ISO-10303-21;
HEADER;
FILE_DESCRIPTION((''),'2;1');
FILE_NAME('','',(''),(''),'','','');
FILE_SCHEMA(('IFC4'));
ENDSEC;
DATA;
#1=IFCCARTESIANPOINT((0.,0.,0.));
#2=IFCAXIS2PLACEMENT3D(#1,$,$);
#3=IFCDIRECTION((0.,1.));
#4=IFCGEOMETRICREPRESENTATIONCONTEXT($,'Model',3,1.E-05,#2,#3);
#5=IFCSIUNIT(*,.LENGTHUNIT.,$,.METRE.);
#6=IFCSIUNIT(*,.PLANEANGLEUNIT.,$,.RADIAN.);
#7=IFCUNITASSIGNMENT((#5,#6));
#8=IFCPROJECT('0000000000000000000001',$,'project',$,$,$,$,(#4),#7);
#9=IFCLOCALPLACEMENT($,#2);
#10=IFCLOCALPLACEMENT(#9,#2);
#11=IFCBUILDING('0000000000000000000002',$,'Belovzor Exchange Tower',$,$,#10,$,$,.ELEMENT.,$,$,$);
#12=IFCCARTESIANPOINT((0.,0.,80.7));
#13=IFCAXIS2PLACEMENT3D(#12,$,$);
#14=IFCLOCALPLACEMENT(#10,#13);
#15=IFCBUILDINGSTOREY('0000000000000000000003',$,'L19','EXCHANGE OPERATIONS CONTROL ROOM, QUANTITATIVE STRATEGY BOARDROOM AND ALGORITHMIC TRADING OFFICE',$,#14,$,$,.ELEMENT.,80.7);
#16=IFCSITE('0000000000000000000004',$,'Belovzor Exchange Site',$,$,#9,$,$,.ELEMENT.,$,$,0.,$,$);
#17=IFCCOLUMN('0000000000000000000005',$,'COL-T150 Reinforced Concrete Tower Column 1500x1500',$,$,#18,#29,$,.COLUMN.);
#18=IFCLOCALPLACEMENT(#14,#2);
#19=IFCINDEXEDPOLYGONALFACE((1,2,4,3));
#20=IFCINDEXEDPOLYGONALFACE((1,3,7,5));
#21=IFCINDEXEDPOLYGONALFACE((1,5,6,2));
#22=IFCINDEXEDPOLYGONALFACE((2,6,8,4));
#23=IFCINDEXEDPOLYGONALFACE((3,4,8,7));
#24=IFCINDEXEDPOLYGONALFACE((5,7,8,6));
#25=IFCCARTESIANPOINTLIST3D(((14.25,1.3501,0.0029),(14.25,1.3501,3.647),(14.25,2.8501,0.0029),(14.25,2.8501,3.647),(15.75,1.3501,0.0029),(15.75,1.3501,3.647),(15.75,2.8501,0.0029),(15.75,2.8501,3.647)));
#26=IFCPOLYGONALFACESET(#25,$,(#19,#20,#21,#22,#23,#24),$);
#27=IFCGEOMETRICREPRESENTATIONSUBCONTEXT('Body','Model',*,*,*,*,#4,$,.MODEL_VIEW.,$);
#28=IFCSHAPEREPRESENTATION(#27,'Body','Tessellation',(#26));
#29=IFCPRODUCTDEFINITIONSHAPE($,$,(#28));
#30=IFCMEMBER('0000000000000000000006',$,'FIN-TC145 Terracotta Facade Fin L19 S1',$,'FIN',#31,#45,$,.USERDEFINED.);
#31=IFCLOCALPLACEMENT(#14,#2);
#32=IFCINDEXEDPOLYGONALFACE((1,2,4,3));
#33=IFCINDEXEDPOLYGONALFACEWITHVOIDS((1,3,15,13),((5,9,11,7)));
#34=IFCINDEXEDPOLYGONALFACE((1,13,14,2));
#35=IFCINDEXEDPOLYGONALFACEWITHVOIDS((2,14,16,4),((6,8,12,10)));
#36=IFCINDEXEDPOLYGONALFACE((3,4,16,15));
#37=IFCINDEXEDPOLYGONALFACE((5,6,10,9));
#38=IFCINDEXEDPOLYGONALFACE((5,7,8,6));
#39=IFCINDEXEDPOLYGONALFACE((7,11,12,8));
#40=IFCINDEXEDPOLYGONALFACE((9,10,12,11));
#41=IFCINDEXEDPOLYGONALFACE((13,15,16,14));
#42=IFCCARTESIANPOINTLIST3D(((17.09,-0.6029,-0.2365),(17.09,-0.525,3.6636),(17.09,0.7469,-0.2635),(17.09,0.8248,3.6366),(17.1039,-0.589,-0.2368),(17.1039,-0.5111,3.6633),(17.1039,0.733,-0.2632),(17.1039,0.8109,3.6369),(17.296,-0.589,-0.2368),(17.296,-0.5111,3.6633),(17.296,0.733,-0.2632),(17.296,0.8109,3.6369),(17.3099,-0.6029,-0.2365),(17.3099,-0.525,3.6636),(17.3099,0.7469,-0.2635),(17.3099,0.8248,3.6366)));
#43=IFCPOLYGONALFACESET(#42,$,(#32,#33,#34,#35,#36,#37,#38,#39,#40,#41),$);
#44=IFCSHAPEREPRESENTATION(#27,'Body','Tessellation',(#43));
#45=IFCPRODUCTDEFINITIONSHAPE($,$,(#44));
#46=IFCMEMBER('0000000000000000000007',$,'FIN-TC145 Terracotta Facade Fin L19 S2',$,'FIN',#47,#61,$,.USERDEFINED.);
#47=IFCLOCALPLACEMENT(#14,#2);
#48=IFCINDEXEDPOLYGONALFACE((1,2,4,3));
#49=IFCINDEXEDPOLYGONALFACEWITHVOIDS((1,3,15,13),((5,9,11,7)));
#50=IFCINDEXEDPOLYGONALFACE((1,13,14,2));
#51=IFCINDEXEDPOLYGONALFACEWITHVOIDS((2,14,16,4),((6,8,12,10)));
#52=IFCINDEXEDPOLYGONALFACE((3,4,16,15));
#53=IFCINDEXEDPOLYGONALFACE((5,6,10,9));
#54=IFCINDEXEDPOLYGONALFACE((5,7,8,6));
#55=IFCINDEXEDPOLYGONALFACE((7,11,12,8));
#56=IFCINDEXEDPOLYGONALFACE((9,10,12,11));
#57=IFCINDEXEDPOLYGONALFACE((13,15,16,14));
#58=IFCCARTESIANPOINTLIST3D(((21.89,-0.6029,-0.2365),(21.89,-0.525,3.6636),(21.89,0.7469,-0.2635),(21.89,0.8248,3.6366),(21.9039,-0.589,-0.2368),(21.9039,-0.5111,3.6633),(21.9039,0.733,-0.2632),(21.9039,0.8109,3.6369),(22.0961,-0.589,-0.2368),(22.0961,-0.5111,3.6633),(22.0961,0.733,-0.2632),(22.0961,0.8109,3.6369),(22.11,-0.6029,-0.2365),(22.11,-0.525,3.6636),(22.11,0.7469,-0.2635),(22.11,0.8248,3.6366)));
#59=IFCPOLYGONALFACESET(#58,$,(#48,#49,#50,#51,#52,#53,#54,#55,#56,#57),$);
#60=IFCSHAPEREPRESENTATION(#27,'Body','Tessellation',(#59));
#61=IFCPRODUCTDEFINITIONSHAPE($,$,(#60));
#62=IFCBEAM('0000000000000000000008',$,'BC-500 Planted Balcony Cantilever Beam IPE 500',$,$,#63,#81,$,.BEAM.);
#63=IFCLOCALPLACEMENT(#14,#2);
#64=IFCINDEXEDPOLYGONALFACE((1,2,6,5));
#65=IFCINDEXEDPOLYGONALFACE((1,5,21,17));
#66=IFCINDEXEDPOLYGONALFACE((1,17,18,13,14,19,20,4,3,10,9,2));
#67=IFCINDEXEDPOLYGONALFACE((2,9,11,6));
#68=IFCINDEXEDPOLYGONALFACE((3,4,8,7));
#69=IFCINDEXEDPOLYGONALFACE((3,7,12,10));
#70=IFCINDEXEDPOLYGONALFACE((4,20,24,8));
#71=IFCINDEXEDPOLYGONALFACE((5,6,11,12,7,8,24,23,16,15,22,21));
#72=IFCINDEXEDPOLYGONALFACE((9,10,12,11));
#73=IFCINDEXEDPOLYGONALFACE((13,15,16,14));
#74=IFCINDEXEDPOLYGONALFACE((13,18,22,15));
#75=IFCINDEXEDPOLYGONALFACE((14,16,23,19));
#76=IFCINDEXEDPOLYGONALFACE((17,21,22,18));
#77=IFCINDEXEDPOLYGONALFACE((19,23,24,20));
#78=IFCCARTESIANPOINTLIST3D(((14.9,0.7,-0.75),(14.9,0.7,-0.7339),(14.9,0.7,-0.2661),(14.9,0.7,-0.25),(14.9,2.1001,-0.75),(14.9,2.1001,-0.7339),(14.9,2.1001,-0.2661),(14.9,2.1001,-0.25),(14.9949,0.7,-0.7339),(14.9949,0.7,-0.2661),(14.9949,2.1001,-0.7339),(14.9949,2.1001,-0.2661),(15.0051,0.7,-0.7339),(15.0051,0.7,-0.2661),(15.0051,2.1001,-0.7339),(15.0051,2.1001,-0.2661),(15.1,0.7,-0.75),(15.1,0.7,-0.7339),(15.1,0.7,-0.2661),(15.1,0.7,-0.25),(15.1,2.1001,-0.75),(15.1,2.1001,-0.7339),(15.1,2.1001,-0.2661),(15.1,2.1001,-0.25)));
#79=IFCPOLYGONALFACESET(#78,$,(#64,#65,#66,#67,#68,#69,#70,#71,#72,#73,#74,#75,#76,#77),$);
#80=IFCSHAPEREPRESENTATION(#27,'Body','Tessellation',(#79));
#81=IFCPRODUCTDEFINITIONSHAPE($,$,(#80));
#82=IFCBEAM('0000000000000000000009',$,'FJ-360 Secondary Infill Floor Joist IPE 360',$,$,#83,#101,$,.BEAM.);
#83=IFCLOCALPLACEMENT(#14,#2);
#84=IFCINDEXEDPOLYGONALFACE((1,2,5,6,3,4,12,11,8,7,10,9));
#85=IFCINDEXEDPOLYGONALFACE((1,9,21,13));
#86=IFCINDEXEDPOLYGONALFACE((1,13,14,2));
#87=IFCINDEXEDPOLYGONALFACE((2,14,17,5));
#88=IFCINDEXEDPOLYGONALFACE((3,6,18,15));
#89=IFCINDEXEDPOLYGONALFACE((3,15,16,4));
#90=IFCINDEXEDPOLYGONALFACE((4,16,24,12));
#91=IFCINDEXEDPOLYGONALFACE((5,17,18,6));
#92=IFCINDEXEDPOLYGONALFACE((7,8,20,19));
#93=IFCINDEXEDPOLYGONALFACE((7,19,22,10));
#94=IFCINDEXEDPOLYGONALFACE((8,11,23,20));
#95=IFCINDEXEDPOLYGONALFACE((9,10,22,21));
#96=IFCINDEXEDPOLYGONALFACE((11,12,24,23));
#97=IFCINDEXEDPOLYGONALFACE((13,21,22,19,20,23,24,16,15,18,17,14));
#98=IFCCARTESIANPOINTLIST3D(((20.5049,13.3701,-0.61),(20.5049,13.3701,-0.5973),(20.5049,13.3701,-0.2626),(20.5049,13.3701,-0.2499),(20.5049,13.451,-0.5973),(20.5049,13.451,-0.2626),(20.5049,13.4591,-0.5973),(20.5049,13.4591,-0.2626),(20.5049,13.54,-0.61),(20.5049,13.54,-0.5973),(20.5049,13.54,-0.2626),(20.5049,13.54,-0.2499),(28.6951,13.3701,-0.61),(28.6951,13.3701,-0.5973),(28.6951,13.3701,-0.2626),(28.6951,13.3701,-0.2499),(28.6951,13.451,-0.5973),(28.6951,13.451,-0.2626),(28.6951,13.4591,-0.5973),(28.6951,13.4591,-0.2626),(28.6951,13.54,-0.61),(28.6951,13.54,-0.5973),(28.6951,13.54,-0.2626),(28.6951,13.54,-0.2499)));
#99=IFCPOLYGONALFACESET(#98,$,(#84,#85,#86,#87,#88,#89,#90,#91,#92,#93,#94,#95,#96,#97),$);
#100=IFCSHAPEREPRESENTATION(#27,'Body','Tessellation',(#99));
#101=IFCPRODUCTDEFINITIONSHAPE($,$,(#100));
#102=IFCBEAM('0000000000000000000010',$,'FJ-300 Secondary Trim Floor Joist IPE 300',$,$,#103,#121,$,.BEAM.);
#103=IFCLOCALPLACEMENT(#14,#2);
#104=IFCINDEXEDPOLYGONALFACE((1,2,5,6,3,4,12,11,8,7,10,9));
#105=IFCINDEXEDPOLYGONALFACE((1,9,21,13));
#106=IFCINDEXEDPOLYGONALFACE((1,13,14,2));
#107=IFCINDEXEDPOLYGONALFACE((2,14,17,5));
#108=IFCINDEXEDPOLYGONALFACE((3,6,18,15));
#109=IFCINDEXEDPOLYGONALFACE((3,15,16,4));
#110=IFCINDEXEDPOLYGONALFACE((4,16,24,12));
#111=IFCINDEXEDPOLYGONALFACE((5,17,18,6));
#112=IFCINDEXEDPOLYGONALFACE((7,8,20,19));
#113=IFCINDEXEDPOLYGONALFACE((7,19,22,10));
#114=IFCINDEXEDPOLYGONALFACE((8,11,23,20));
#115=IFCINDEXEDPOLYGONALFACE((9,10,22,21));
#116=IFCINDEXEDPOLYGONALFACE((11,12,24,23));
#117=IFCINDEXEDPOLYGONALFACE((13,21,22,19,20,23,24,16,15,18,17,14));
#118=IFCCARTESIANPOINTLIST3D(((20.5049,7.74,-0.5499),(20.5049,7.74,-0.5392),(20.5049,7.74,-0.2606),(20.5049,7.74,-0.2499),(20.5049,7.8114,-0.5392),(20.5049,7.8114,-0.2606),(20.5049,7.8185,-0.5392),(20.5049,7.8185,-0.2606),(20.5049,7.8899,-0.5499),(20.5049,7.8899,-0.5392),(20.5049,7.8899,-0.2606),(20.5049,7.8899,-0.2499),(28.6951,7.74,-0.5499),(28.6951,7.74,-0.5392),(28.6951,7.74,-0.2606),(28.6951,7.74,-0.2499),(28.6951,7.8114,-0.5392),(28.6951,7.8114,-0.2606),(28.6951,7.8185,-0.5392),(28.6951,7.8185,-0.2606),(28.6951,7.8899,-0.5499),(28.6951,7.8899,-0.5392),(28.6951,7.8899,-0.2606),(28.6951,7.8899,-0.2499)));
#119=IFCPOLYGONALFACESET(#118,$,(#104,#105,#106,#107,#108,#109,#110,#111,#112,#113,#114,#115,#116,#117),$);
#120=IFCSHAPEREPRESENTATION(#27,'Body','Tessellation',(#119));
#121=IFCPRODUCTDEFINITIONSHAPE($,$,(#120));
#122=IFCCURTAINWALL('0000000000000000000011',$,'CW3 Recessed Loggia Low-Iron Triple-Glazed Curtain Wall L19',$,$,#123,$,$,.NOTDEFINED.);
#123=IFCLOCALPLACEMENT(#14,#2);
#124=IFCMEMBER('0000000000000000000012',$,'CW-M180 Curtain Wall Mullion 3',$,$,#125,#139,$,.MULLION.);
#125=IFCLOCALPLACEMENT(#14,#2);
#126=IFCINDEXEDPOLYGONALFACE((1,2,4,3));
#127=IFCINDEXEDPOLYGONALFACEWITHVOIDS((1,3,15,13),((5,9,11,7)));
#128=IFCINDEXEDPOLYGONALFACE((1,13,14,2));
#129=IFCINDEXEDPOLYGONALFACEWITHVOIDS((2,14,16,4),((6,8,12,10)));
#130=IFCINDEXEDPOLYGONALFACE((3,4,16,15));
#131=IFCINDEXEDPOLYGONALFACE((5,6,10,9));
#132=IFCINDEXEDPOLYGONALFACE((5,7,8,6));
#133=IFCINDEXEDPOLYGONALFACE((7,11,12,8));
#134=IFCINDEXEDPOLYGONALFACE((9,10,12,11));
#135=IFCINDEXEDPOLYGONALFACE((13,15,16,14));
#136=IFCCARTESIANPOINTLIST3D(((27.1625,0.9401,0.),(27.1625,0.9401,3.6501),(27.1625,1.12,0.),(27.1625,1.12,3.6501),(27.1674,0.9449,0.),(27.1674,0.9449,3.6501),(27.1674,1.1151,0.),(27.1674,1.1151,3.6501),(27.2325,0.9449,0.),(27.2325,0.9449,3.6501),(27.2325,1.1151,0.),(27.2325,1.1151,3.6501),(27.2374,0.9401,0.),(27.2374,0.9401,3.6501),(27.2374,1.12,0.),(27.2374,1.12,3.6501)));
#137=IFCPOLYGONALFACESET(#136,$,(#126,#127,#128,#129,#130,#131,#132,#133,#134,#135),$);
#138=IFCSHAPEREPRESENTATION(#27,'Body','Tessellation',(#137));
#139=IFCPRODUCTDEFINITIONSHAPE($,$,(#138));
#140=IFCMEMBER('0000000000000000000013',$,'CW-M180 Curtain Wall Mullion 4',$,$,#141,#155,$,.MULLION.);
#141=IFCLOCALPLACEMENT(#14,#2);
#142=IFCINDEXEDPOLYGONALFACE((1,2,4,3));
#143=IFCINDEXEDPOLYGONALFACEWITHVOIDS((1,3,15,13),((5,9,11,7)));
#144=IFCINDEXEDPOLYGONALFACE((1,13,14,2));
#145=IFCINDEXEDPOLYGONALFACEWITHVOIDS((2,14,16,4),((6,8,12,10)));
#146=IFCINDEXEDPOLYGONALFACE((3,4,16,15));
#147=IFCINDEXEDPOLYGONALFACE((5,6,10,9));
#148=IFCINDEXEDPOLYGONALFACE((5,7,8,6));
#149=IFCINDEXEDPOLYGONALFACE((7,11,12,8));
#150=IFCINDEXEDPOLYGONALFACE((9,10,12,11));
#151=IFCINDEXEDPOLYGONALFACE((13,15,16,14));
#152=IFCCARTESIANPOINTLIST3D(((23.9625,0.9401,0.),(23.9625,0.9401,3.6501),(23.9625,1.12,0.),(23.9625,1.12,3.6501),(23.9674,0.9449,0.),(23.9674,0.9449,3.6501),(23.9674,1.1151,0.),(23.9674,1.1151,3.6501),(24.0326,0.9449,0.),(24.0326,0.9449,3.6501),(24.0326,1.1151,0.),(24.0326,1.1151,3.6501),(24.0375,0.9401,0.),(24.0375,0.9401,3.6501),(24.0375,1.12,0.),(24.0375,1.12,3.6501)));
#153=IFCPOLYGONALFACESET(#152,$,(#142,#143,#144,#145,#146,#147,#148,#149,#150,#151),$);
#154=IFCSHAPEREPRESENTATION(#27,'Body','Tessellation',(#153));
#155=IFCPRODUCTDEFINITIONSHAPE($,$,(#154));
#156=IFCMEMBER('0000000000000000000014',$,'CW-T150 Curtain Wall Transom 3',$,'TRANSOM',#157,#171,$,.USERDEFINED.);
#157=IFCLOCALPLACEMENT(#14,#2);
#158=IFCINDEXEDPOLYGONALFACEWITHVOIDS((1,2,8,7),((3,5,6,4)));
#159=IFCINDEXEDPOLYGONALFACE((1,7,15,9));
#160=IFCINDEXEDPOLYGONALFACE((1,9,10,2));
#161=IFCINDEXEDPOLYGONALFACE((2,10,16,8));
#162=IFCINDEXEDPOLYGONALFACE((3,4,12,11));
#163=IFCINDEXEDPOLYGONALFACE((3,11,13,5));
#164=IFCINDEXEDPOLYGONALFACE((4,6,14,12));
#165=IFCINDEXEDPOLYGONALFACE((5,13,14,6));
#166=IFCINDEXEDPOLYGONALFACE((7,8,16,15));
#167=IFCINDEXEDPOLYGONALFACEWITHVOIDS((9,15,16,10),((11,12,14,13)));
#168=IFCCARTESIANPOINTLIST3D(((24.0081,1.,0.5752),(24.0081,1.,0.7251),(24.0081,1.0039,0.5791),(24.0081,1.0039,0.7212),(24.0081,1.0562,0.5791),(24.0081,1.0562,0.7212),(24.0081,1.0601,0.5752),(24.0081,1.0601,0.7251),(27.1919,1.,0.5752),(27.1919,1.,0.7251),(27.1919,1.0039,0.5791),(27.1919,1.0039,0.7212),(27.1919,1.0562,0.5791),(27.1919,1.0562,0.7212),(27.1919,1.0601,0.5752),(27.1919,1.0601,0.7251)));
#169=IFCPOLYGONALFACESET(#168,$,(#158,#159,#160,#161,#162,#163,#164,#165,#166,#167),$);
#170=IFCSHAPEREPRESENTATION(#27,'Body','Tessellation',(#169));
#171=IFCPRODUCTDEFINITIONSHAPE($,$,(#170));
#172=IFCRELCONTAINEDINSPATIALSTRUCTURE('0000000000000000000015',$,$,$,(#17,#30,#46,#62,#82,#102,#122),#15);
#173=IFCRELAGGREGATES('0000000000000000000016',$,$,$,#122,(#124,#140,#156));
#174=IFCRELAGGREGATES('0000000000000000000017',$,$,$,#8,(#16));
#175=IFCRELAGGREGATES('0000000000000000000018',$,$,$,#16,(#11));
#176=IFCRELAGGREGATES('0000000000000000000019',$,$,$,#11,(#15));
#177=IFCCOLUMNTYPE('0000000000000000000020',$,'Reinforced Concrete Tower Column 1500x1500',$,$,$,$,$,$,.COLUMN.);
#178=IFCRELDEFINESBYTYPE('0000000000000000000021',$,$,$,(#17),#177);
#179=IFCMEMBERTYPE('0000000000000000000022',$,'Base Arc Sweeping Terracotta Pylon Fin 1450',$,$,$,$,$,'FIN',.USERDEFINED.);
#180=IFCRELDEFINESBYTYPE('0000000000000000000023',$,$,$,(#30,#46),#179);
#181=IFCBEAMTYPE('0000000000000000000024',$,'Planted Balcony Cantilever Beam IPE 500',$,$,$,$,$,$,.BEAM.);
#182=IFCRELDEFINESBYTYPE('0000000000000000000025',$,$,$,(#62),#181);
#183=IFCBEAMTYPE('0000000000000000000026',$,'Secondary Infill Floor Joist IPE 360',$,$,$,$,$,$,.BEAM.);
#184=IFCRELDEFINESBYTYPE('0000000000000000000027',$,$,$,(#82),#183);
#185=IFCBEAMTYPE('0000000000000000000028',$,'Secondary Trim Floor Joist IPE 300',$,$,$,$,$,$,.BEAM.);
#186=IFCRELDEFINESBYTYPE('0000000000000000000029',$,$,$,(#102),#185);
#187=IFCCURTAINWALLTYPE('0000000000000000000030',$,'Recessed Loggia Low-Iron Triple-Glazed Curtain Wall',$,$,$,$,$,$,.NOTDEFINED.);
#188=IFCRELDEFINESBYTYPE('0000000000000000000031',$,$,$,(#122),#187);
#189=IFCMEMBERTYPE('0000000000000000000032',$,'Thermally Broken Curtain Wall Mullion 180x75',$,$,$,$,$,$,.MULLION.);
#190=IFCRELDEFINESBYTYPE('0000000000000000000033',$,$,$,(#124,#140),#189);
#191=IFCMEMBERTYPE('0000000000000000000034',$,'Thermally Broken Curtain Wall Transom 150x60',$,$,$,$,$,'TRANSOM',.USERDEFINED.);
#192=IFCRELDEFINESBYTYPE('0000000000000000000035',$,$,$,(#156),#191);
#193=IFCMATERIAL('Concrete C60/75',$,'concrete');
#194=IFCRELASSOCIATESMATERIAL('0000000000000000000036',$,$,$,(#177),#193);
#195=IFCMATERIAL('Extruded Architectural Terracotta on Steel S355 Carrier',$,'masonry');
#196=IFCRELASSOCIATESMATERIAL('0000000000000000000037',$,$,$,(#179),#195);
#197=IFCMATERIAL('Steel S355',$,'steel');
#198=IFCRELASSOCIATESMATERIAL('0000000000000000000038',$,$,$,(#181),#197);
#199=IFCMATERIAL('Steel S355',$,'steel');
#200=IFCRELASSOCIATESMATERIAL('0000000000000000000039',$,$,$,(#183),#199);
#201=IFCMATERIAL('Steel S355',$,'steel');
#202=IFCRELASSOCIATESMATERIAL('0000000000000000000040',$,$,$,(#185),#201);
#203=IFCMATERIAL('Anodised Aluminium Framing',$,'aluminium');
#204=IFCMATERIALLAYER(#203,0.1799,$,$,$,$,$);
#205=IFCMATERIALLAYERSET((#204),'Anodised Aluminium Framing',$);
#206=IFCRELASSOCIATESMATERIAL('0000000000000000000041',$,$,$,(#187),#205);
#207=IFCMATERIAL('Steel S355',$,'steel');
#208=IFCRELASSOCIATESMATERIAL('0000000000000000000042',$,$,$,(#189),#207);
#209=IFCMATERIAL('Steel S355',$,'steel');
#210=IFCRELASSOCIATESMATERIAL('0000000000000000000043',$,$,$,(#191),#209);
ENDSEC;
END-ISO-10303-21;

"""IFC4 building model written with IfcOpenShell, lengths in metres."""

from ifc_helpers import new_model, si_unit, direction, frame, origin, origin_2d, place, context, subcontext, project, spatial, rectangle, hollow_rectangle, i_section, extrude, material, layer, layer_set, material_profile, profile_set, type_object, element, aggregate, save


model = new_model("IFC4")

# Units and contexts
model_context = context("Model", 3, precision=1e-05, world=origin(), true_north=direction((0.0, 1.0)))
body_context = subcontext(model_context, "Body", "Model", "MODEL_VIEW")
ifc_project = project(units=[si_unit("LENGTHUNIT", "METRE"), si_unit("PLANEANGLEUNIT", "RADIAN")], contexts=[model_context])

# Site, building, storey
site_placement = place(None, origin())
site = spatial("IfcSite", under=ifc_project, at=site_placement, Name="Belovzor Exchange Site", CompositionType="ELEMENT", RefElevation=0.0)
building_placement = place(site_placement, origin())
building = spatial("IfcBuilding", under=site, at=building_placement, Name="Belovzor Exchange Tower", CompositionType="ELEMENT")
storey_placement = place(building_placement, frame((0.0, 0.0, 80.7)))
storey = spatial("IfcBuildingStorey", under=building, at=storey_placement, Name="L19", Description="EXCHANGE OPERATIONS CONTROL ROOM, QUANTITATIVE STRATEGY BOARDROOM AND ALGORITHMIC TRADING OFFICE", CompositionType="ELEMENT", Elevation=80.7)

# Column
ifc_material_1 = material(Name="Concrete C60/75", Category="concrete")
ifc_material_profile_1 = material_profile(ifc_material_1, rectangle(XDim=1.5, YDim=1.5, at=origin_2d()))
ifc_profile_set_1 = profile_set([ifc_material_profile_1], Name="Concrete C60/75")
column_type = type_object("IfcColumnType", Name="Reinforced Concrete Tower Column 1500x1500", PredefinedType="COLUMN", material=ifc_profile_set_1)
column_placement = place(storey_placement, frame((15.0, 2.1001, 0.0029), z_axis=(0.0, 0.0, 1.0), x_axis=(1.0, 0.0, 0.0)))
element("IfcColumn", 1, at=column_placement, inside=storey, type_object=column_type, Name="COL-T150 Reinforced Concrete Tower Column 1500x1500", PredefinedType="COLUMN", context=body_context, shape_type="SweptSolid", body=[
    extrude(rectangle(XDim=1.5, YDim=1.5, at=origin_2d()), origin(), (0.0, 0.0, 1.0), 3.644),
])

# Members
ifc_material_2 = material(Name="Extruded Architectural Terracotta on Steel S355 Carrier", Category="masonry")
ifc_material_profile_2 = material_profile(ifc_material_2, hollow_rectangle(XDim=0.22, YDim=1.3501, WallThickness=0.0139, at=origin_2d()))
ifc_profile_set_2 = profile_set([ifc_material_profile_2], Name="Extruded Architectural Terracotta on Steel S355 Carrier")
member_type_1 = type_object("IfcMemberType", Name="Base Arc Sweeping Terracotta Pylon Fin 1450", ElementType="FIN", PredefinedType="USERDEFINED", material=ifc_profile_set_2)
for number, where, z_axis, x_axis, name in (
    (2, (17.2, 0.072, -0.25), (0.0, 0.019965, 0.999801), (-1.0, 0.0, 0.0), "FIN-TC145 Terracotta Facade Fin L19 S1"),
    (3, (22.0, 0.072, -0.25), (0.0, 0.019965, 0.999801), (-1.0, 0.0, 0.0), "FIN-TC145 Terracotta Facade Fin L19 S2"),
):
    element("IfcMember", number, at=place(storey_placement, frame(where, z_axis=z_axis, x_axis=x_axis)), inside=storey, type_object=member_type_1, Name=name, ObjectType="FIN", PredefinedType="USERDEFINED", context=body_context, shape_type="SweptSolid", body=[
        extrude(hollow_rectangle(XDim=0.22, YDim=1.3501, WallThickness=0.0139, at=origin_2d()), origin(), (0.0, 0.0, 1.0), 3.9009),
    ])

# Beams
ifc_material_3 = material(Name="Steel S355", Category="steel")
ifc_material_profile_3 = material_profile(ifc_material_3, i_section(OverallWidth=0.2, OverallDepth=0.5, WebThickness=0.0103, FlangeThickness=0.0161, at=origin_2d()))
ifc_profile_set_3 = profile_set([ifc_material_profile_3], Name="Steel S355")
beam_type_1 = type_object("IfcBeamType", Name="Planted Balcony Cantilever Beam IPE 500", PredefinedType="BEAM", material=ifc_profile_set_3)
beam_1_placement = place(storey_placement, frame((15.0, 2.1001, -0.5), z_axis=(0.0, -1.0, 0.0), x_axis=(1.0, 0.0, 0.0)))
element("IfcBeam", 4, at=beam_1_placement, inside=storey, type_object=beam_type_1, Name="BC-500 Planted Balcony Cantilever Beam IPE 500", PredefinedType="BEAM", context=body_context, shape_type="SweptSolid", body=[
    extrude(i_section(OverallWidth=0.2, OverallDepth=0.5, WebThickness=0.0103, FlangeThickness=0.0161, at=origin_2d()), origin(), (0.0, 0.0, 1.0), 1.4001),
])
ifc_material_4 = material(Name="Steel S355", Category="steel")
ifc_material_profile_4 = material_profile(ifc_material_4, i_section(OverallWidth=0.1699, OverallDepth=0.3601, WebThickness=0.0081, FlangeThickness=0.0127, at=origin_2d()))
ifc_profile_set_4 = profile_set([ifc_material_profile_4], Name="Steel S355")
beam_type_2 = type_object("IfcBeamType", Name="Secondary Infill Floor Joist IPE 360", PredefinedType="BEAM", material=ifc_profile_set_4)
beam_2_placement = place(storey_placement, frame((20.5049, 13.4551, -0.4299), z_axis=(1.0, 0.0, 0.0), x_axis=(0.0, 1.0, 0.0)))
element("IfcBeam", 5, at=beam_2_placement, inside=storey, type_object=beam_type_2, Name="FJ-360 Secondary Infill Floor Joist IPE 360", PredefinedType="BEAM", context=body_context, shape_type="SweptSolid", body=[
    extrude(i_section(OverallWidth=0.1699, OverallDepth=0.3601, WebThickness=0.0081, FlangeThickness=0.0127, at=origin_2d()), origin(), (0.0, 0.0, 1.0), 8.1902),
])
ifc_material_5 = material(Name="Steel S355", Category="steel")
ifc_material_profile_5 = material_profile(ifc_material_5, i_section(OverallWidth=0.1499, OverallDepth=0.3, WebThickness=0.0071, FlangeThickness=0.0107, at=origin_2d()))
ifc_profile_set_5 = profile_set([ifc_material_profile_5], Name="Steel S355")
beam_type_3 = type_object("IfcBeamType", Name="Secondary Trim Floor Joist IPE 300", PredefinedType="BEAM", material=ifc_profile_set_5)
beam_3_placement = place(storey_placement, frame((20.5049, 7.8149, -0.3999), z_axis=(1.0, 0.0, 0.0), x_axis=(0.0, 1.0, 0.0)))
element("IfcBeam", 6, at=beam_3_placement, inside=storey, type_object=beam_type_3, Name="FJ-300 Secondary Trim Floor Joist IPE 300", PredefinedType="BEAM", context=body_context, shape_type="SweptSolid", body=[
    extrude(i_section(OverallWidth=0.1499, OverallDepth=0.3, WebThickness=0.0071, FlangeThickness=0.0107, at=origin_2d()), origin(), (0.0, 0.0, 1.0), 8.1902),
])

# Curtain wall, members
ifc_material_6 = material(Name="Anodised Aluminium Framing", Category="aluminium")
ifc_layer_1 = layer(ifc_material_6, 0.1799)
ifc_layer_set_1 = layer_set([ifc_layer_1], Name="Anodised Aluminium Framing")
curtain_wall_type = type_object("IfcCurtainWallType", Name="Recessed Loggia Low-Iron Triple-Glazed Curtain Wall", PredefinedType="NOTDEFINED", material=ifc_layer_set_1)
curtain_wall_placement = place(storey_placement, origin())
curtain_wall = element("IfcCurtainWall", 7, at=curtain_wall_placement, inside=storey, type_object=curtain_wall_type, Name="CW3 Recessed Loggia Low-Iron Triple-Glazed Curtain Wall L19", PredefinedType="NOTDEFINED")
ifc_material_7 = material(Name="Steel S355", Category="steel")
ifc_material_profile_6 = material_profile(ifc_material_7, hollow_rectangle(XDim=0.075, YDim=0.1799, WallThickness=0.0049, at=origin_2d()))
ifc_profile_set_6 = profile_set([ifc_material_profile_6], Name="Steel S355")
member_type_2 = type_object("IfcMemberType", Name="Thermally Broken Curtain Wall Mullion 180x75", PredefinedType="MULLION", material=ifc_profile_set_6)
member_1_placement = place(storey_placement, frame((27.2, 1.03, 0.0), z_axis=(0.0, 0.0, 1.0), x_axis=(-1.0, 0.0, 0.0)))
member_1 = element("IfcMember", 8, at=member_1_placement, type_object=member_type_2, Name="CW-M180 Curtain Wall Mullion 3", PredefinedType="MULLION", context=body_context, shape_type="SweptSolid", body=[
    extrude(hollow_rectangle(XDim=0.075, YDim=0.1799, WallThickness=0.0049, at=origin_2d()), origin(), (0.0, 0.0, 1.0), 3.6501),
])
member_2_placement = place(storey_placement, frame((24.0, 1.03, 0.0), z_axis=(0.0, 0.0, 1.0), x_axis=(-1.0, 0.0, 0.0)))
member_2 = element("IfcMember", 9, at=member_2_placement, type_object=member_type_2, Name="CW-M180 Curtain Wall Mullion 4", PredefinedType="MULLION", context=body_context, shape_type="SweptSolid", body=[
    extrude(hollow_rectangle(XDim=0.075, YDim=0.1799, WallThickness=0.0049, at=origin_2d()), origin(), (0.0, 0.0, 1.0), 3.6501),
])
ifc_material_8 = material(Name="Steel S355", Category="steel")
ifc_material_profile_7 = material_profile(ifc_material_8, hollow_rectangle(XDim=0.0601, YDim=0.1499, WallThickness=0.0039, at=origin_2d()))
ifc_profile_set_7 = profile_set([ifc_material_profile_7], Name="Steel S355")
member_type_3 = type_object("IfcMemberType", Name="Thermally Broken Curtain Wall Transom 150x60", ElementType="TRANSOM", PredefinedType="USERDEFINED", material=ifc_profile_set_7)
member_3_placement = place(storey_placement, frame((27.1919, 1.03, 0.6501), z_axis=(-1.0, 0.0, 0.0), x_axis=(0.0, -1.0, 0.0)))
member_3 = element("IfcMember", 10, at=member_3_placement, type_object=member_type_3, Name="CW-T150 Curtain Wall Transom 3", ObjectType="TRANSOM", PredefinedType="USERDEFINED", context=body_context, shape_type="SweptSolid", body=[
    extrude(hollow_rectangle(XDim=0.0601, YDim=0.1499, WallThickness=0.0039, at=origin_2d()), origin(), (0.0, 0.0, 1.0), 3.1838),
])

aggregate(curtain_wall, [member_1, member_2, member_3])

save(model, "model.ifc")
